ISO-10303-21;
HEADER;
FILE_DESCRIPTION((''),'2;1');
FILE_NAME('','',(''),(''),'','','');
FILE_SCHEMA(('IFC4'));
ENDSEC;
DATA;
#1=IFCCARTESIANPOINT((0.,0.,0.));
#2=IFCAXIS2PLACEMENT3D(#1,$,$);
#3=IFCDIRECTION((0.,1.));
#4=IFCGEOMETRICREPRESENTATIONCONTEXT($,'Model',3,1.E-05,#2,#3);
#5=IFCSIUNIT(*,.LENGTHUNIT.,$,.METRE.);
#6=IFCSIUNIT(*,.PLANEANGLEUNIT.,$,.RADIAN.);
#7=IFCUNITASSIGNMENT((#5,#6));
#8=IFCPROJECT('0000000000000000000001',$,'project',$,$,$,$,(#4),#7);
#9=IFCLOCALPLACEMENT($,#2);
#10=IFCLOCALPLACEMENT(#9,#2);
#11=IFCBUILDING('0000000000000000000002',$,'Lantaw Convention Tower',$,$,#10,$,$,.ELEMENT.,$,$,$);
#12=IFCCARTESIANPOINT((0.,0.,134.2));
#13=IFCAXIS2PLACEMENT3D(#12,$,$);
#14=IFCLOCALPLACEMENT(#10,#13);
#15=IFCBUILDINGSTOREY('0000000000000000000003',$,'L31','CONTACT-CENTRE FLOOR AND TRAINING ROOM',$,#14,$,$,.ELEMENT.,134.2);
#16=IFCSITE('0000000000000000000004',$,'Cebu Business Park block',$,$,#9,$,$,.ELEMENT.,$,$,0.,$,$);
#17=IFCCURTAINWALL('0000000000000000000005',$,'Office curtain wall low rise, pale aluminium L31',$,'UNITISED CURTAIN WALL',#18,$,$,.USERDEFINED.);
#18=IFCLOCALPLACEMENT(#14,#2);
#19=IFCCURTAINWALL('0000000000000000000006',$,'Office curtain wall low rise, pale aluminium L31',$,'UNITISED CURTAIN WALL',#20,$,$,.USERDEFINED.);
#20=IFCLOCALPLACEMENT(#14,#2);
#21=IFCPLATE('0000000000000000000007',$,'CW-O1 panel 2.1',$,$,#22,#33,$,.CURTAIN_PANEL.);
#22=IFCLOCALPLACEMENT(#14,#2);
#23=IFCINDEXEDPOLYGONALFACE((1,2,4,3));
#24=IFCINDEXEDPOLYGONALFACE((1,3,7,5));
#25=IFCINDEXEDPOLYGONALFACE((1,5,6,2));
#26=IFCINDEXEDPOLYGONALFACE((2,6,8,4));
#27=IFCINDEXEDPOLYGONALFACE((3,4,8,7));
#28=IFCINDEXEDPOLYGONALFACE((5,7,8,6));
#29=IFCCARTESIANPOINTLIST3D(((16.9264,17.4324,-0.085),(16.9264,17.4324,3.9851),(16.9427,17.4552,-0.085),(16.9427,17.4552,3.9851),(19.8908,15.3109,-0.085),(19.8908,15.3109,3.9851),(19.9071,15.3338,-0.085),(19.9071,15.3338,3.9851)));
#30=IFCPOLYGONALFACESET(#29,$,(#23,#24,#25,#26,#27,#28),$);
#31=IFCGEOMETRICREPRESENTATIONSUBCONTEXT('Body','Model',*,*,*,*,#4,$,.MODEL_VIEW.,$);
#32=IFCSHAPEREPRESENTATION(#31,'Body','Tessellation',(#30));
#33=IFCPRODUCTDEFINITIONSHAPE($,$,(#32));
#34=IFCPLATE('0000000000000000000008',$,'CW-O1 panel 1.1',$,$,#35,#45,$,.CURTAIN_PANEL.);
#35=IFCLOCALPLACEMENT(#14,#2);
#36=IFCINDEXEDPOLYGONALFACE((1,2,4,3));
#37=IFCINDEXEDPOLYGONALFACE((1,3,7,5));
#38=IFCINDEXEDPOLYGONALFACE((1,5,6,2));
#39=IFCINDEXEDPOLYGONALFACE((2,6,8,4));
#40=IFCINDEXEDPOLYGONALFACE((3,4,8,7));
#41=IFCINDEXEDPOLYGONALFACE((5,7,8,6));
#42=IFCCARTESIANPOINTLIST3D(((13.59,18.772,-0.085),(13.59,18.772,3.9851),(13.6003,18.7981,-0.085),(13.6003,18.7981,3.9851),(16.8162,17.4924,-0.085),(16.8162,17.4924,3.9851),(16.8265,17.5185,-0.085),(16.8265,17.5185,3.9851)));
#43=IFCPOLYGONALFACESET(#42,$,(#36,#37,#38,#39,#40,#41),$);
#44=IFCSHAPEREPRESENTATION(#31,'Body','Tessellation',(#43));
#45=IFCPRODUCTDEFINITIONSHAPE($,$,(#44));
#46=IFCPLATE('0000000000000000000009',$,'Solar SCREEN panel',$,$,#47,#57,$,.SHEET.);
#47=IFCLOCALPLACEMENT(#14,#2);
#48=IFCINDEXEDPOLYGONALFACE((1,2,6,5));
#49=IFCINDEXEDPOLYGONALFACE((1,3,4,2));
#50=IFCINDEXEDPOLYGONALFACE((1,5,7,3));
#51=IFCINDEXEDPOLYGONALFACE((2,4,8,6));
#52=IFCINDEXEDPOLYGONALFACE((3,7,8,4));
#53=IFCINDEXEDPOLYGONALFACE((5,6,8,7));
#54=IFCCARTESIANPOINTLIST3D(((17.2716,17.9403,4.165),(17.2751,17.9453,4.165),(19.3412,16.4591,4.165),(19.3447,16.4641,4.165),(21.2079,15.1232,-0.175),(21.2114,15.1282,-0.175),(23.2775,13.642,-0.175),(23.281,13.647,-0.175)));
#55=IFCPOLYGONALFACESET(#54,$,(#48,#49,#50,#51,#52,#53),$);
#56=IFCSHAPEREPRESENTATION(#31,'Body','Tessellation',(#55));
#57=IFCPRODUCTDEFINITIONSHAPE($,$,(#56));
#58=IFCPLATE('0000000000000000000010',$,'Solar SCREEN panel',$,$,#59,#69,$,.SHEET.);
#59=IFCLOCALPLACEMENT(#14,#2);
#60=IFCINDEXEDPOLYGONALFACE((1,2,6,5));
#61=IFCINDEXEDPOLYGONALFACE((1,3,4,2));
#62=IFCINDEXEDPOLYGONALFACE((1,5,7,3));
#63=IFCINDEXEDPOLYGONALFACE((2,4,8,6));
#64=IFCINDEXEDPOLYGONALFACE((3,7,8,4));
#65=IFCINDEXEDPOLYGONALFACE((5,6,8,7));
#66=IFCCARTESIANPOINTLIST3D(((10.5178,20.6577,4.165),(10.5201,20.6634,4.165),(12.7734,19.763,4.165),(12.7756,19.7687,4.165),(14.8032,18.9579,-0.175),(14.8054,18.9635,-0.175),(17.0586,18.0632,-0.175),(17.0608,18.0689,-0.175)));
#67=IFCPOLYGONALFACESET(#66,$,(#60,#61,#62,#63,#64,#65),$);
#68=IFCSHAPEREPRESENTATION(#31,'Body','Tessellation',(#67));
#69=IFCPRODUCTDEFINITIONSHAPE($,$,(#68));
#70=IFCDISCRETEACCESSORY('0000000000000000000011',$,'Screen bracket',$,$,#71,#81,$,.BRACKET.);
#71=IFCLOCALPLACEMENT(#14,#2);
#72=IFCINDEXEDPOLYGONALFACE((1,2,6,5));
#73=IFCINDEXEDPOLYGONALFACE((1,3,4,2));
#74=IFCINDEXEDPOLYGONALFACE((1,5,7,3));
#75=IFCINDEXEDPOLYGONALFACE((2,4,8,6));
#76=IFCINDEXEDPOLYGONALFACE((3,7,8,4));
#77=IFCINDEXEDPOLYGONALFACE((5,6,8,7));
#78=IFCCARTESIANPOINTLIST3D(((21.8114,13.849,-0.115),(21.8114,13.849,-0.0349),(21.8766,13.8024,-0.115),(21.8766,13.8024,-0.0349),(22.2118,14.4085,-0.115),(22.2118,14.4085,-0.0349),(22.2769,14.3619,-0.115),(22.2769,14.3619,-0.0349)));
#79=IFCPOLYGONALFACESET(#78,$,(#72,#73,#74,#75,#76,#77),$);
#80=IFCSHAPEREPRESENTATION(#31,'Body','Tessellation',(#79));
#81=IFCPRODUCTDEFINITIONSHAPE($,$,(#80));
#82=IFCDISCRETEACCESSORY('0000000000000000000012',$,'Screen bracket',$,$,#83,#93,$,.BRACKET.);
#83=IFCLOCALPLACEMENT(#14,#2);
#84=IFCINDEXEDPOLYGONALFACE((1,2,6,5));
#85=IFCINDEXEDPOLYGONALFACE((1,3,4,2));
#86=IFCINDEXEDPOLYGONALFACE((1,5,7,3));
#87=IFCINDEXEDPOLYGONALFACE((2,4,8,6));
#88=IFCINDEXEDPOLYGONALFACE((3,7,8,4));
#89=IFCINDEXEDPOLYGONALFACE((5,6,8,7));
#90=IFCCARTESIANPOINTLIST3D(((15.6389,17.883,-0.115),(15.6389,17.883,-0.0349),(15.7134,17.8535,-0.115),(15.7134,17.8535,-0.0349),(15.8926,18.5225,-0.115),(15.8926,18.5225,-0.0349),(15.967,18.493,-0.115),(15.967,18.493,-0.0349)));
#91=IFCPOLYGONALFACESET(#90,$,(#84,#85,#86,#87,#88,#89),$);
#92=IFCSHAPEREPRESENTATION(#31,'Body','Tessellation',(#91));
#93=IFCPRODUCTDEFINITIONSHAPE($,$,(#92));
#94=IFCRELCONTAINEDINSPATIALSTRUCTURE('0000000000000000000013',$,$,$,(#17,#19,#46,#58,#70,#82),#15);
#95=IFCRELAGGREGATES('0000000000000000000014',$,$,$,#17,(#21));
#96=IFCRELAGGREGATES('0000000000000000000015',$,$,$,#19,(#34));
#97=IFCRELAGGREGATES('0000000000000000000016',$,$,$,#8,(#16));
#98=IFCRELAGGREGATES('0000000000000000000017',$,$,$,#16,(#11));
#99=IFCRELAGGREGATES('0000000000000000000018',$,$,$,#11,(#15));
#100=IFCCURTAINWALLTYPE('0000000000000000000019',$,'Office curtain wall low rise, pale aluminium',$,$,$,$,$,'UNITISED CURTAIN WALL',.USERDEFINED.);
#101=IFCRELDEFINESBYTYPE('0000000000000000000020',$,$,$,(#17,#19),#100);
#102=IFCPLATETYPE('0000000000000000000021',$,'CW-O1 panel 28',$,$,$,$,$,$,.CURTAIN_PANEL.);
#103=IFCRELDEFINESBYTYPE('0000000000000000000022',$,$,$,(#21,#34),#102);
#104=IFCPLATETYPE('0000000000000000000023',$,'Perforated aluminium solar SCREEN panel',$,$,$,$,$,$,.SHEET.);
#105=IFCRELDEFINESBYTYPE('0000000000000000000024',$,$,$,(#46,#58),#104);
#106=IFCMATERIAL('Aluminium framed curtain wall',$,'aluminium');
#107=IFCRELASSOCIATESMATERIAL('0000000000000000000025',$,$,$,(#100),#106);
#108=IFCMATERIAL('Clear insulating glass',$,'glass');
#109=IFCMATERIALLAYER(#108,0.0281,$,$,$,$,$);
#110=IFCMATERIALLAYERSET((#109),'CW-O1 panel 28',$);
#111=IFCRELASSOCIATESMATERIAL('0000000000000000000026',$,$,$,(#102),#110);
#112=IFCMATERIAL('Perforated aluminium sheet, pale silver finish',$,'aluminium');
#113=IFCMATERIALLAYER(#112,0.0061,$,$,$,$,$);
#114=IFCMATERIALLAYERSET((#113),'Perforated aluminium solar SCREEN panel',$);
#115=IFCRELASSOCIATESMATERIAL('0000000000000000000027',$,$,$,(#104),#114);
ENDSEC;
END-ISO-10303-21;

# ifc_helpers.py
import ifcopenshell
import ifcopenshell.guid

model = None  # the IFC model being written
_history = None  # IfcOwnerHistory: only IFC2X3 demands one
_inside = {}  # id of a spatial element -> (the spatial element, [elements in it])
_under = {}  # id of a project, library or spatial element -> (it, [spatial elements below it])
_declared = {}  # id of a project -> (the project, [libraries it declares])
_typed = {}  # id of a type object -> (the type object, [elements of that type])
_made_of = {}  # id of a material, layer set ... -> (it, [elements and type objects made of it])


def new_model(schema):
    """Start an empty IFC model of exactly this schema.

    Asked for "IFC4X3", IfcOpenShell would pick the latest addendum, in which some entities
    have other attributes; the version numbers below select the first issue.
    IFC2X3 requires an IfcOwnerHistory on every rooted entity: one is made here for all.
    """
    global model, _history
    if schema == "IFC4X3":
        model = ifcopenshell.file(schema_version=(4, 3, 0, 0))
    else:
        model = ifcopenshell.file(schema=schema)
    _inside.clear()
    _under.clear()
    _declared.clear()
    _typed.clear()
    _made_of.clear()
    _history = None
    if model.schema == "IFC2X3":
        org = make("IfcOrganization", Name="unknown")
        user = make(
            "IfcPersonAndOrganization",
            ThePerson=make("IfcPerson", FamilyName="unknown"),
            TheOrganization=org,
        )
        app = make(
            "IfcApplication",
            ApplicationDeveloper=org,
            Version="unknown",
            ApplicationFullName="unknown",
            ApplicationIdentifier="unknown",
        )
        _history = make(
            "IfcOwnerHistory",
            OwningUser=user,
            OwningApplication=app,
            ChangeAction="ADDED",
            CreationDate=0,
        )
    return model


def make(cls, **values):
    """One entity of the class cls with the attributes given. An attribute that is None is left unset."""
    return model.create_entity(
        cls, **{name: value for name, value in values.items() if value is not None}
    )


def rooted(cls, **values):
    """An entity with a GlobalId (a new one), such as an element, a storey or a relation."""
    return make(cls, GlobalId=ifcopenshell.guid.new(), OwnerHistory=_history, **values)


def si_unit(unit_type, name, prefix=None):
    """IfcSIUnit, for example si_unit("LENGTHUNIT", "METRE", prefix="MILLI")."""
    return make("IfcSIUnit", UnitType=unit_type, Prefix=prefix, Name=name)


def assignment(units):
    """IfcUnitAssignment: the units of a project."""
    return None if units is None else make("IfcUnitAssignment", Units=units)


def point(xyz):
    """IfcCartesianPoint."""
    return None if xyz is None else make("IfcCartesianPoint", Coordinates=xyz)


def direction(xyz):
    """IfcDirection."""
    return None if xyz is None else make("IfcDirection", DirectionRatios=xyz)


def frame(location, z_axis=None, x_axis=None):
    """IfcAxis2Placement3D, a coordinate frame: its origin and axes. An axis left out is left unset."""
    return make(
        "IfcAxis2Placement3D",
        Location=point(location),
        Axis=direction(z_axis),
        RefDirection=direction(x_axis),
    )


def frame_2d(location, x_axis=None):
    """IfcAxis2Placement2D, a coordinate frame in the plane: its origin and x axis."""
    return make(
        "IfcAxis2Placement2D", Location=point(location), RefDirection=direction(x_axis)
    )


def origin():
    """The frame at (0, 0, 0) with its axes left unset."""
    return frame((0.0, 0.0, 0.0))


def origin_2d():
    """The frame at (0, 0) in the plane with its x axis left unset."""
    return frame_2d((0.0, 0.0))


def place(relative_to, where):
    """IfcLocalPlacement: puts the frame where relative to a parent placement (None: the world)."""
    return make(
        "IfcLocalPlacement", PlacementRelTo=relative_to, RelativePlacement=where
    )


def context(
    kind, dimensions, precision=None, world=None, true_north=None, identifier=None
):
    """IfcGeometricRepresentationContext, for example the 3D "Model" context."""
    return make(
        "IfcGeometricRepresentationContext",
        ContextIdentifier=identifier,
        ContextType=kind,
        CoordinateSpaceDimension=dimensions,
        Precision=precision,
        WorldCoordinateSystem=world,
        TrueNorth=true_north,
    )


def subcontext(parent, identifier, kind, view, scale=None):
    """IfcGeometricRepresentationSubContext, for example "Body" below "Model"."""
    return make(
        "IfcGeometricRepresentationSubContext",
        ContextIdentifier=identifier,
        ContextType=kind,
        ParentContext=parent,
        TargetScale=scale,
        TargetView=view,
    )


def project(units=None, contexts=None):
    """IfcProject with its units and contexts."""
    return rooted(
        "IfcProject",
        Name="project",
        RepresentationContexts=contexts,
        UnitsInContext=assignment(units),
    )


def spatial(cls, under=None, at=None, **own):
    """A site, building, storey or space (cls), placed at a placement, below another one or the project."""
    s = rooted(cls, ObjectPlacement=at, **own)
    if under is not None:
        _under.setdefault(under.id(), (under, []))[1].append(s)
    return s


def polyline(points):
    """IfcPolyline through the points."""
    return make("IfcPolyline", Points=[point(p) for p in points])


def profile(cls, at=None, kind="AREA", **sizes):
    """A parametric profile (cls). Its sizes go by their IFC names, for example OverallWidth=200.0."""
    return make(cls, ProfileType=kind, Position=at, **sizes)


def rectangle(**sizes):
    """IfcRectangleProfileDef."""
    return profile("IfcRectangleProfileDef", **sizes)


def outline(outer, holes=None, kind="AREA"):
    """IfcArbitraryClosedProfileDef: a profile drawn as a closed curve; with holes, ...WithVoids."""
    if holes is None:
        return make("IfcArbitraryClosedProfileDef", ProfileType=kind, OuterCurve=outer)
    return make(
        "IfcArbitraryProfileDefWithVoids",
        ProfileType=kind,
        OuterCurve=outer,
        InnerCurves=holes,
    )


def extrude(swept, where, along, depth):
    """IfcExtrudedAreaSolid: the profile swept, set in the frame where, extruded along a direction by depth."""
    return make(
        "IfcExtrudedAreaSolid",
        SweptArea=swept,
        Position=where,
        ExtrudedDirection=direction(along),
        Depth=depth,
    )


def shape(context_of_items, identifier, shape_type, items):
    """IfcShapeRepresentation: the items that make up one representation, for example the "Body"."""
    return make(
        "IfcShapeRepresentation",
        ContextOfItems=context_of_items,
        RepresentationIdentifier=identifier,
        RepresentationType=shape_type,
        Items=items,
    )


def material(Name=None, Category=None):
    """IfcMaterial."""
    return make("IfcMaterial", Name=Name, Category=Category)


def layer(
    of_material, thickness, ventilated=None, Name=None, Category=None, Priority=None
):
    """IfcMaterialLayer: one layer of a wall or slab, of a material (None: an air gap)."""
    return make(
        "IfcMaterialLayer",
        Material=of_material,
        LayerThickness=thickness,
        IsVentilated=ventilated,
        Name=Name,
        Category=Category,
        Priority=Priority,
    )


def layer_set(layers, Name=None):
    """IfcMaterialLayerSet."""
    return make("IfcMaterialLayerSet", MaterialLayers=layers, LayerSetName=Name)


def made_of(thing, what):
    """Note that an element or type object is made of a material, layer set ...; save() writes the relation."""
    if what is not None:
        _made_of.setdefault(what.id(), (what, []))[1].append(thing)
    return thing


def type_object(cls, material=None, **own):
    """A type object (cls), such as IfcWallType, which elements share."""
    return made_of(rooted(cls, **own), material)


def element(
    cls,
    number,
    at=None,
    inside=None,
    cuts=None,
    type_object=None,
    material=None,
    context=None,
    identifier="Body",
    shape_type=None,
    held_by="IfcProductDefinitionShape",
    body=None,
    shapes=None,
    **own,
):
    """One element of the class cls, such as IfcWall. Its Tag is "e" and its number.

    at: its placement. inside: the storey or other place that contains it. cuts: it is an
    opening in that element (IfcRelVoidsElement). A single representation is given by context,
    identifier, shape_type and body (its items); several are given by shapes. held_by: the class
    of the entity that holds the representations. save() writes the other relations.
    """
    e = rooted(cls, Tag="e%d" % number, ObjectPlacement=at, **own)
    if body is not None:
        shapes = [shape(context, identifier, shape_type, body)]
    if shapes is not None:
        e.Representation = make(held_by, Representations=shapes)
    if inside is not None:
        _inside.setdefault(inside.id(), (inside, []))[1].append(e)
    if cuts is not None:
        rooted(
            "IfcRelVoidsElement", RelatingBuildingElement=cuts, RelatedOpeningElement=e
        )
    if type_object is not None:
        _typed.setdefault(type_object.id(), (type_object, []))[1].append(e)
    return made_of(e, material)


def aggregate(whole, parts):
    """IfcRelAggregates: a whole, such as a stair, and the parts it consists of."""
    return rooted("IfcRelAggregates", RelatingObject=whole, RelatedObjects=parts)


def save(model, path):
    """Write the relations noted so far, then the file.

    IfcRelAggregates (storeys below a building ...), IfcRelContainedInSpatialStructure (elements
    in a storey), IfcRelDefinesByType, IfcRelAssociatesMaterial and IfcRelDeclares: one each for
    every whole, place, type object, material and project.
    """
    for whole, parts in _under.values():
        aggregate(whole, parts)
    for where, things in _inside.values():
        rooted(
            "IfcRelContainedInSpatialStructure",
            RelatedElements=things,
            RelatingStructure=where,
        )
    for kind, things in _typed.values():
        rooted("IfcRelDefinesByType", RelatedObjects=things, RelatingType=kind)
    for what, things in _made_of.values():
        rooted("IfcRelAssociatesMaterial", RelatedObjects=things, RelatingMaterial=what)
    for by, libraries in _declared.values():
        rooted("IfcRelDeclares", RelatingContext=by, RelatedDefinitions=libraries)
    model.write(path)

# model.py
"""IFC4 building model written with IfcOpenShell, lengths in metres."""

from ifc_helpers import new_model, si_unit, direction, frame, origin, origin_2d, place, context, subcontext, project, spatial, polyline, rectangle, outline, extrude, material, layer, layer_set, type_object, element, aggregate, save


model = new_model("IFC4")

# Units and contexts
model_context = context("Model", 3, precision=1e-05, world=origin(), true_north=direction((0.0, 1.0)))
body_context = subcontext(model_context, "Body", "Model", "MODEL_VIEW")
ifc_project = project(units=[si_unit("LENGTHUNIT", "METRE"), si_unit("PLANEANGLEUNIT", "RADIAN")], contexts=[model_context])

# Site, building, storey
site_placement = place(None, origin())
site = spatial("IfcSite", under=ifc_project, at=site_placement, Name="Cebu Business Park block", CompositionType="ELEMENT", RefElevation=0.0)
building_placement = place(site_placement, origin())
building = spatial("IfcBuilding", under=site, at=building_placement, Name="Lantaw Convention Tower", CompositionType="ELEMENT")
storey_placement = place(building_placement, frame((0.0, 0.0, 134.2)))
storey = spatial("IfcBuildingStorey", under=building, at=storey_placement, Name="L31", Description="CONTACT-CENTRE FLOOR AND TRAINING ROOM", CompositionType="ELEMENT", Elevation=134.2)

# Curtain wall
ifc_material_1 = material(Name="Aluminium framed curtain wall", Category="aluminium")
curtain_wall_type = type_object("IfcCurtainWallType", Name="Office curtain wall low rise, pale aluminium", ElementType="UNITISED CURTAIN WALL", PredefinedType="USERDEFINED", material=ifc_material_1)
curtain_wall_1_placement = place(storey_placement, origin())
curtain_wall_1 = element("IfcCurtainWall", 1, at=curtain_wall_1_placement, inside=storey, type_object=curtain_wall_type, Name="Office curtain wall low rise, pale aluminium L31", ObjectType="UNITISED CURTAIN WALL", PredefinedType="USERDEFINED")

# Curtain wall
curtain_wall_2_placement = place(storey_placement, origin())
curtain_wall_2 = element("IfcCurtainWall", 2, at=curtain_wall_2_placement, inside=storey, type_object=curtain_wall_type, Name="Office curtain wall low rise, pale aluminium L31", ObjectType="UNITISED CURTAIN WALL", PredefinedType="USERDEFINED")

# Plates
ifc_material_2 = material(Name="Clear insulating glass", Category="glass")
ifc_layer_1 = layer(ifc_material_2, 0.0281)
ifc_layer_set_1 = layer_set([ifc_layer_1], Name="CW-O1 panel 28")
plate_type_1 = type_object("IfcPlateType", Name="CW-O1 panel 28", PredefinedType="CURTAIN_PANEL", material=ifc_layer_set_1)
plate_1_placement = place(storey_placement, frame((18.4167, 16.3831, -0.085), z_axis=(0.0, 0.0, 1.0), x_axis=(-0.813208, 0.581973, 0.0)))
plate_1 = element("IfcPlate", 3, at=plate_1_placement, type_object=plate_type_1, Name="CW-O1 panel 2.1", PredefinedType="CURTAIN_PANEL", context=body_context, shape_type="SweptSolid", body=[
    extrude(rectangle(XDim=3.6453, YDim=0.0281, at=origin_2d()), origin(), (0.0, 0.0, 1.0), 4.0701),
])
aggregate(curtain_wall_1, [plate_1])
plate_2_placement = place(storey_placement, frame((15.2083, 18.1453, -0.085), z_axis=(0.0, 0.0, 1.0), x_axis=(-0.929548, 0.368702, 0.0)))
plate_2 = element("IfcPlate", 4, at=plate_2_placement, type_object=plate_type_1, Name="CW-O1 panel 1.1", PredefinedType="CURTAIN_PANEL", context=body_context, shape_type="SweptSolid", body=[
    extrude(rectangle(XDim=3.4707, YDim=0.0281, at=origin_2d()), origin(), (0.0, 0.0, 1.0), 4.0701),
])
aggregate(curtain_wall_2, [plate_2])

# Plates
ifc_material_3 = material(Name="Perforated aluminium sheet, pale silver finish", Category="aluminium")
ifc_layer_2 = layer(ifc_material_3, 0.0061)
ifc_layer_set_2 = layer_set([ifc_layer_2], Name="Perforated aluminium solar SCREEN panel")
plate_type_2 = type_object("IfcPlateType", Name="Perforated aluminium solar SCREEN panel", PredefinedType="SHEET", material=ifc_layer_set_2)
plate_3_placement = place(storey_placement, frame((23.281, 13.647, -0.175), z_axis=(0.582, 0.813189, 0.000012), x_axis=(-0.813189, 0.582, 0.0)))
element("IfcPlate", 5, at=plate_3_placement, inside=storey, type_object=plate_type_2, Name="Solar SCREEN panel", PredefinedType="SHEET", context=body_context, shape_type="SweptSolid", body=[
    extrude(outline(polyline([(0.0, 0.0), (2.545, 0.0), (7.3855, 4.3401), (4.8405, 4.3401), (0.0, 0.0)])), origin(), (0.0, 0.0, -1.0), 0.0061),
])
plate_4_placement = place(storey_placement, frame((17.0586, 18.0632, -0.175), z_axis=(-0.368709, -0.929545, 0.000011), x_axis=(-0.929545, 0.368709, 0.0)))
element("IfcPlate", 6, at=plate_4_placement, inside=storey, type_object=plate_type_2, Name="Solar SCREEN panel", PredefinedType="SHEET", context=body_context, shape_type="SweptSolid", body=[
    extrude(outline(polyline([(0.0, 0.0), (2.4264, 0.0), (7.0365, -4.3401), (4.61, -4.3401), (0.0, 0.0)])), origin(), (0.0, 0.0, -1.0), 0.0061),
])

# Discrete accessories
for number, where, z_axis, x_axis, name in (
    (7, (22.0442, 14.1055, -0.115), (0.0, 0.0, 1.0), (-0.813208, 0.581973, 0.0), "Screen bracket"),
    (8, (15.803, 18.188, -0.115), (0.0, 0.0, 1.0), (-0.929548, 0.368702, 0.0), "Screen bracket"),
):
    element("IfcDiscreteAccessory", number, at=place(storey_placement, frame(where, z_axis=z_axis, x_axis=x_axis)), inside=storey, Name=name, PredefinedType="BRACKET", context=body_context, shape_type="SweptSolid", body=[
        extrude(rectangle(XDim=0.0801, YDim=0.688, at=origin_2d()), origin(), (0.0, 0.0, 1.0), 0.0801),
    ])

save(model, "model.ifc")
